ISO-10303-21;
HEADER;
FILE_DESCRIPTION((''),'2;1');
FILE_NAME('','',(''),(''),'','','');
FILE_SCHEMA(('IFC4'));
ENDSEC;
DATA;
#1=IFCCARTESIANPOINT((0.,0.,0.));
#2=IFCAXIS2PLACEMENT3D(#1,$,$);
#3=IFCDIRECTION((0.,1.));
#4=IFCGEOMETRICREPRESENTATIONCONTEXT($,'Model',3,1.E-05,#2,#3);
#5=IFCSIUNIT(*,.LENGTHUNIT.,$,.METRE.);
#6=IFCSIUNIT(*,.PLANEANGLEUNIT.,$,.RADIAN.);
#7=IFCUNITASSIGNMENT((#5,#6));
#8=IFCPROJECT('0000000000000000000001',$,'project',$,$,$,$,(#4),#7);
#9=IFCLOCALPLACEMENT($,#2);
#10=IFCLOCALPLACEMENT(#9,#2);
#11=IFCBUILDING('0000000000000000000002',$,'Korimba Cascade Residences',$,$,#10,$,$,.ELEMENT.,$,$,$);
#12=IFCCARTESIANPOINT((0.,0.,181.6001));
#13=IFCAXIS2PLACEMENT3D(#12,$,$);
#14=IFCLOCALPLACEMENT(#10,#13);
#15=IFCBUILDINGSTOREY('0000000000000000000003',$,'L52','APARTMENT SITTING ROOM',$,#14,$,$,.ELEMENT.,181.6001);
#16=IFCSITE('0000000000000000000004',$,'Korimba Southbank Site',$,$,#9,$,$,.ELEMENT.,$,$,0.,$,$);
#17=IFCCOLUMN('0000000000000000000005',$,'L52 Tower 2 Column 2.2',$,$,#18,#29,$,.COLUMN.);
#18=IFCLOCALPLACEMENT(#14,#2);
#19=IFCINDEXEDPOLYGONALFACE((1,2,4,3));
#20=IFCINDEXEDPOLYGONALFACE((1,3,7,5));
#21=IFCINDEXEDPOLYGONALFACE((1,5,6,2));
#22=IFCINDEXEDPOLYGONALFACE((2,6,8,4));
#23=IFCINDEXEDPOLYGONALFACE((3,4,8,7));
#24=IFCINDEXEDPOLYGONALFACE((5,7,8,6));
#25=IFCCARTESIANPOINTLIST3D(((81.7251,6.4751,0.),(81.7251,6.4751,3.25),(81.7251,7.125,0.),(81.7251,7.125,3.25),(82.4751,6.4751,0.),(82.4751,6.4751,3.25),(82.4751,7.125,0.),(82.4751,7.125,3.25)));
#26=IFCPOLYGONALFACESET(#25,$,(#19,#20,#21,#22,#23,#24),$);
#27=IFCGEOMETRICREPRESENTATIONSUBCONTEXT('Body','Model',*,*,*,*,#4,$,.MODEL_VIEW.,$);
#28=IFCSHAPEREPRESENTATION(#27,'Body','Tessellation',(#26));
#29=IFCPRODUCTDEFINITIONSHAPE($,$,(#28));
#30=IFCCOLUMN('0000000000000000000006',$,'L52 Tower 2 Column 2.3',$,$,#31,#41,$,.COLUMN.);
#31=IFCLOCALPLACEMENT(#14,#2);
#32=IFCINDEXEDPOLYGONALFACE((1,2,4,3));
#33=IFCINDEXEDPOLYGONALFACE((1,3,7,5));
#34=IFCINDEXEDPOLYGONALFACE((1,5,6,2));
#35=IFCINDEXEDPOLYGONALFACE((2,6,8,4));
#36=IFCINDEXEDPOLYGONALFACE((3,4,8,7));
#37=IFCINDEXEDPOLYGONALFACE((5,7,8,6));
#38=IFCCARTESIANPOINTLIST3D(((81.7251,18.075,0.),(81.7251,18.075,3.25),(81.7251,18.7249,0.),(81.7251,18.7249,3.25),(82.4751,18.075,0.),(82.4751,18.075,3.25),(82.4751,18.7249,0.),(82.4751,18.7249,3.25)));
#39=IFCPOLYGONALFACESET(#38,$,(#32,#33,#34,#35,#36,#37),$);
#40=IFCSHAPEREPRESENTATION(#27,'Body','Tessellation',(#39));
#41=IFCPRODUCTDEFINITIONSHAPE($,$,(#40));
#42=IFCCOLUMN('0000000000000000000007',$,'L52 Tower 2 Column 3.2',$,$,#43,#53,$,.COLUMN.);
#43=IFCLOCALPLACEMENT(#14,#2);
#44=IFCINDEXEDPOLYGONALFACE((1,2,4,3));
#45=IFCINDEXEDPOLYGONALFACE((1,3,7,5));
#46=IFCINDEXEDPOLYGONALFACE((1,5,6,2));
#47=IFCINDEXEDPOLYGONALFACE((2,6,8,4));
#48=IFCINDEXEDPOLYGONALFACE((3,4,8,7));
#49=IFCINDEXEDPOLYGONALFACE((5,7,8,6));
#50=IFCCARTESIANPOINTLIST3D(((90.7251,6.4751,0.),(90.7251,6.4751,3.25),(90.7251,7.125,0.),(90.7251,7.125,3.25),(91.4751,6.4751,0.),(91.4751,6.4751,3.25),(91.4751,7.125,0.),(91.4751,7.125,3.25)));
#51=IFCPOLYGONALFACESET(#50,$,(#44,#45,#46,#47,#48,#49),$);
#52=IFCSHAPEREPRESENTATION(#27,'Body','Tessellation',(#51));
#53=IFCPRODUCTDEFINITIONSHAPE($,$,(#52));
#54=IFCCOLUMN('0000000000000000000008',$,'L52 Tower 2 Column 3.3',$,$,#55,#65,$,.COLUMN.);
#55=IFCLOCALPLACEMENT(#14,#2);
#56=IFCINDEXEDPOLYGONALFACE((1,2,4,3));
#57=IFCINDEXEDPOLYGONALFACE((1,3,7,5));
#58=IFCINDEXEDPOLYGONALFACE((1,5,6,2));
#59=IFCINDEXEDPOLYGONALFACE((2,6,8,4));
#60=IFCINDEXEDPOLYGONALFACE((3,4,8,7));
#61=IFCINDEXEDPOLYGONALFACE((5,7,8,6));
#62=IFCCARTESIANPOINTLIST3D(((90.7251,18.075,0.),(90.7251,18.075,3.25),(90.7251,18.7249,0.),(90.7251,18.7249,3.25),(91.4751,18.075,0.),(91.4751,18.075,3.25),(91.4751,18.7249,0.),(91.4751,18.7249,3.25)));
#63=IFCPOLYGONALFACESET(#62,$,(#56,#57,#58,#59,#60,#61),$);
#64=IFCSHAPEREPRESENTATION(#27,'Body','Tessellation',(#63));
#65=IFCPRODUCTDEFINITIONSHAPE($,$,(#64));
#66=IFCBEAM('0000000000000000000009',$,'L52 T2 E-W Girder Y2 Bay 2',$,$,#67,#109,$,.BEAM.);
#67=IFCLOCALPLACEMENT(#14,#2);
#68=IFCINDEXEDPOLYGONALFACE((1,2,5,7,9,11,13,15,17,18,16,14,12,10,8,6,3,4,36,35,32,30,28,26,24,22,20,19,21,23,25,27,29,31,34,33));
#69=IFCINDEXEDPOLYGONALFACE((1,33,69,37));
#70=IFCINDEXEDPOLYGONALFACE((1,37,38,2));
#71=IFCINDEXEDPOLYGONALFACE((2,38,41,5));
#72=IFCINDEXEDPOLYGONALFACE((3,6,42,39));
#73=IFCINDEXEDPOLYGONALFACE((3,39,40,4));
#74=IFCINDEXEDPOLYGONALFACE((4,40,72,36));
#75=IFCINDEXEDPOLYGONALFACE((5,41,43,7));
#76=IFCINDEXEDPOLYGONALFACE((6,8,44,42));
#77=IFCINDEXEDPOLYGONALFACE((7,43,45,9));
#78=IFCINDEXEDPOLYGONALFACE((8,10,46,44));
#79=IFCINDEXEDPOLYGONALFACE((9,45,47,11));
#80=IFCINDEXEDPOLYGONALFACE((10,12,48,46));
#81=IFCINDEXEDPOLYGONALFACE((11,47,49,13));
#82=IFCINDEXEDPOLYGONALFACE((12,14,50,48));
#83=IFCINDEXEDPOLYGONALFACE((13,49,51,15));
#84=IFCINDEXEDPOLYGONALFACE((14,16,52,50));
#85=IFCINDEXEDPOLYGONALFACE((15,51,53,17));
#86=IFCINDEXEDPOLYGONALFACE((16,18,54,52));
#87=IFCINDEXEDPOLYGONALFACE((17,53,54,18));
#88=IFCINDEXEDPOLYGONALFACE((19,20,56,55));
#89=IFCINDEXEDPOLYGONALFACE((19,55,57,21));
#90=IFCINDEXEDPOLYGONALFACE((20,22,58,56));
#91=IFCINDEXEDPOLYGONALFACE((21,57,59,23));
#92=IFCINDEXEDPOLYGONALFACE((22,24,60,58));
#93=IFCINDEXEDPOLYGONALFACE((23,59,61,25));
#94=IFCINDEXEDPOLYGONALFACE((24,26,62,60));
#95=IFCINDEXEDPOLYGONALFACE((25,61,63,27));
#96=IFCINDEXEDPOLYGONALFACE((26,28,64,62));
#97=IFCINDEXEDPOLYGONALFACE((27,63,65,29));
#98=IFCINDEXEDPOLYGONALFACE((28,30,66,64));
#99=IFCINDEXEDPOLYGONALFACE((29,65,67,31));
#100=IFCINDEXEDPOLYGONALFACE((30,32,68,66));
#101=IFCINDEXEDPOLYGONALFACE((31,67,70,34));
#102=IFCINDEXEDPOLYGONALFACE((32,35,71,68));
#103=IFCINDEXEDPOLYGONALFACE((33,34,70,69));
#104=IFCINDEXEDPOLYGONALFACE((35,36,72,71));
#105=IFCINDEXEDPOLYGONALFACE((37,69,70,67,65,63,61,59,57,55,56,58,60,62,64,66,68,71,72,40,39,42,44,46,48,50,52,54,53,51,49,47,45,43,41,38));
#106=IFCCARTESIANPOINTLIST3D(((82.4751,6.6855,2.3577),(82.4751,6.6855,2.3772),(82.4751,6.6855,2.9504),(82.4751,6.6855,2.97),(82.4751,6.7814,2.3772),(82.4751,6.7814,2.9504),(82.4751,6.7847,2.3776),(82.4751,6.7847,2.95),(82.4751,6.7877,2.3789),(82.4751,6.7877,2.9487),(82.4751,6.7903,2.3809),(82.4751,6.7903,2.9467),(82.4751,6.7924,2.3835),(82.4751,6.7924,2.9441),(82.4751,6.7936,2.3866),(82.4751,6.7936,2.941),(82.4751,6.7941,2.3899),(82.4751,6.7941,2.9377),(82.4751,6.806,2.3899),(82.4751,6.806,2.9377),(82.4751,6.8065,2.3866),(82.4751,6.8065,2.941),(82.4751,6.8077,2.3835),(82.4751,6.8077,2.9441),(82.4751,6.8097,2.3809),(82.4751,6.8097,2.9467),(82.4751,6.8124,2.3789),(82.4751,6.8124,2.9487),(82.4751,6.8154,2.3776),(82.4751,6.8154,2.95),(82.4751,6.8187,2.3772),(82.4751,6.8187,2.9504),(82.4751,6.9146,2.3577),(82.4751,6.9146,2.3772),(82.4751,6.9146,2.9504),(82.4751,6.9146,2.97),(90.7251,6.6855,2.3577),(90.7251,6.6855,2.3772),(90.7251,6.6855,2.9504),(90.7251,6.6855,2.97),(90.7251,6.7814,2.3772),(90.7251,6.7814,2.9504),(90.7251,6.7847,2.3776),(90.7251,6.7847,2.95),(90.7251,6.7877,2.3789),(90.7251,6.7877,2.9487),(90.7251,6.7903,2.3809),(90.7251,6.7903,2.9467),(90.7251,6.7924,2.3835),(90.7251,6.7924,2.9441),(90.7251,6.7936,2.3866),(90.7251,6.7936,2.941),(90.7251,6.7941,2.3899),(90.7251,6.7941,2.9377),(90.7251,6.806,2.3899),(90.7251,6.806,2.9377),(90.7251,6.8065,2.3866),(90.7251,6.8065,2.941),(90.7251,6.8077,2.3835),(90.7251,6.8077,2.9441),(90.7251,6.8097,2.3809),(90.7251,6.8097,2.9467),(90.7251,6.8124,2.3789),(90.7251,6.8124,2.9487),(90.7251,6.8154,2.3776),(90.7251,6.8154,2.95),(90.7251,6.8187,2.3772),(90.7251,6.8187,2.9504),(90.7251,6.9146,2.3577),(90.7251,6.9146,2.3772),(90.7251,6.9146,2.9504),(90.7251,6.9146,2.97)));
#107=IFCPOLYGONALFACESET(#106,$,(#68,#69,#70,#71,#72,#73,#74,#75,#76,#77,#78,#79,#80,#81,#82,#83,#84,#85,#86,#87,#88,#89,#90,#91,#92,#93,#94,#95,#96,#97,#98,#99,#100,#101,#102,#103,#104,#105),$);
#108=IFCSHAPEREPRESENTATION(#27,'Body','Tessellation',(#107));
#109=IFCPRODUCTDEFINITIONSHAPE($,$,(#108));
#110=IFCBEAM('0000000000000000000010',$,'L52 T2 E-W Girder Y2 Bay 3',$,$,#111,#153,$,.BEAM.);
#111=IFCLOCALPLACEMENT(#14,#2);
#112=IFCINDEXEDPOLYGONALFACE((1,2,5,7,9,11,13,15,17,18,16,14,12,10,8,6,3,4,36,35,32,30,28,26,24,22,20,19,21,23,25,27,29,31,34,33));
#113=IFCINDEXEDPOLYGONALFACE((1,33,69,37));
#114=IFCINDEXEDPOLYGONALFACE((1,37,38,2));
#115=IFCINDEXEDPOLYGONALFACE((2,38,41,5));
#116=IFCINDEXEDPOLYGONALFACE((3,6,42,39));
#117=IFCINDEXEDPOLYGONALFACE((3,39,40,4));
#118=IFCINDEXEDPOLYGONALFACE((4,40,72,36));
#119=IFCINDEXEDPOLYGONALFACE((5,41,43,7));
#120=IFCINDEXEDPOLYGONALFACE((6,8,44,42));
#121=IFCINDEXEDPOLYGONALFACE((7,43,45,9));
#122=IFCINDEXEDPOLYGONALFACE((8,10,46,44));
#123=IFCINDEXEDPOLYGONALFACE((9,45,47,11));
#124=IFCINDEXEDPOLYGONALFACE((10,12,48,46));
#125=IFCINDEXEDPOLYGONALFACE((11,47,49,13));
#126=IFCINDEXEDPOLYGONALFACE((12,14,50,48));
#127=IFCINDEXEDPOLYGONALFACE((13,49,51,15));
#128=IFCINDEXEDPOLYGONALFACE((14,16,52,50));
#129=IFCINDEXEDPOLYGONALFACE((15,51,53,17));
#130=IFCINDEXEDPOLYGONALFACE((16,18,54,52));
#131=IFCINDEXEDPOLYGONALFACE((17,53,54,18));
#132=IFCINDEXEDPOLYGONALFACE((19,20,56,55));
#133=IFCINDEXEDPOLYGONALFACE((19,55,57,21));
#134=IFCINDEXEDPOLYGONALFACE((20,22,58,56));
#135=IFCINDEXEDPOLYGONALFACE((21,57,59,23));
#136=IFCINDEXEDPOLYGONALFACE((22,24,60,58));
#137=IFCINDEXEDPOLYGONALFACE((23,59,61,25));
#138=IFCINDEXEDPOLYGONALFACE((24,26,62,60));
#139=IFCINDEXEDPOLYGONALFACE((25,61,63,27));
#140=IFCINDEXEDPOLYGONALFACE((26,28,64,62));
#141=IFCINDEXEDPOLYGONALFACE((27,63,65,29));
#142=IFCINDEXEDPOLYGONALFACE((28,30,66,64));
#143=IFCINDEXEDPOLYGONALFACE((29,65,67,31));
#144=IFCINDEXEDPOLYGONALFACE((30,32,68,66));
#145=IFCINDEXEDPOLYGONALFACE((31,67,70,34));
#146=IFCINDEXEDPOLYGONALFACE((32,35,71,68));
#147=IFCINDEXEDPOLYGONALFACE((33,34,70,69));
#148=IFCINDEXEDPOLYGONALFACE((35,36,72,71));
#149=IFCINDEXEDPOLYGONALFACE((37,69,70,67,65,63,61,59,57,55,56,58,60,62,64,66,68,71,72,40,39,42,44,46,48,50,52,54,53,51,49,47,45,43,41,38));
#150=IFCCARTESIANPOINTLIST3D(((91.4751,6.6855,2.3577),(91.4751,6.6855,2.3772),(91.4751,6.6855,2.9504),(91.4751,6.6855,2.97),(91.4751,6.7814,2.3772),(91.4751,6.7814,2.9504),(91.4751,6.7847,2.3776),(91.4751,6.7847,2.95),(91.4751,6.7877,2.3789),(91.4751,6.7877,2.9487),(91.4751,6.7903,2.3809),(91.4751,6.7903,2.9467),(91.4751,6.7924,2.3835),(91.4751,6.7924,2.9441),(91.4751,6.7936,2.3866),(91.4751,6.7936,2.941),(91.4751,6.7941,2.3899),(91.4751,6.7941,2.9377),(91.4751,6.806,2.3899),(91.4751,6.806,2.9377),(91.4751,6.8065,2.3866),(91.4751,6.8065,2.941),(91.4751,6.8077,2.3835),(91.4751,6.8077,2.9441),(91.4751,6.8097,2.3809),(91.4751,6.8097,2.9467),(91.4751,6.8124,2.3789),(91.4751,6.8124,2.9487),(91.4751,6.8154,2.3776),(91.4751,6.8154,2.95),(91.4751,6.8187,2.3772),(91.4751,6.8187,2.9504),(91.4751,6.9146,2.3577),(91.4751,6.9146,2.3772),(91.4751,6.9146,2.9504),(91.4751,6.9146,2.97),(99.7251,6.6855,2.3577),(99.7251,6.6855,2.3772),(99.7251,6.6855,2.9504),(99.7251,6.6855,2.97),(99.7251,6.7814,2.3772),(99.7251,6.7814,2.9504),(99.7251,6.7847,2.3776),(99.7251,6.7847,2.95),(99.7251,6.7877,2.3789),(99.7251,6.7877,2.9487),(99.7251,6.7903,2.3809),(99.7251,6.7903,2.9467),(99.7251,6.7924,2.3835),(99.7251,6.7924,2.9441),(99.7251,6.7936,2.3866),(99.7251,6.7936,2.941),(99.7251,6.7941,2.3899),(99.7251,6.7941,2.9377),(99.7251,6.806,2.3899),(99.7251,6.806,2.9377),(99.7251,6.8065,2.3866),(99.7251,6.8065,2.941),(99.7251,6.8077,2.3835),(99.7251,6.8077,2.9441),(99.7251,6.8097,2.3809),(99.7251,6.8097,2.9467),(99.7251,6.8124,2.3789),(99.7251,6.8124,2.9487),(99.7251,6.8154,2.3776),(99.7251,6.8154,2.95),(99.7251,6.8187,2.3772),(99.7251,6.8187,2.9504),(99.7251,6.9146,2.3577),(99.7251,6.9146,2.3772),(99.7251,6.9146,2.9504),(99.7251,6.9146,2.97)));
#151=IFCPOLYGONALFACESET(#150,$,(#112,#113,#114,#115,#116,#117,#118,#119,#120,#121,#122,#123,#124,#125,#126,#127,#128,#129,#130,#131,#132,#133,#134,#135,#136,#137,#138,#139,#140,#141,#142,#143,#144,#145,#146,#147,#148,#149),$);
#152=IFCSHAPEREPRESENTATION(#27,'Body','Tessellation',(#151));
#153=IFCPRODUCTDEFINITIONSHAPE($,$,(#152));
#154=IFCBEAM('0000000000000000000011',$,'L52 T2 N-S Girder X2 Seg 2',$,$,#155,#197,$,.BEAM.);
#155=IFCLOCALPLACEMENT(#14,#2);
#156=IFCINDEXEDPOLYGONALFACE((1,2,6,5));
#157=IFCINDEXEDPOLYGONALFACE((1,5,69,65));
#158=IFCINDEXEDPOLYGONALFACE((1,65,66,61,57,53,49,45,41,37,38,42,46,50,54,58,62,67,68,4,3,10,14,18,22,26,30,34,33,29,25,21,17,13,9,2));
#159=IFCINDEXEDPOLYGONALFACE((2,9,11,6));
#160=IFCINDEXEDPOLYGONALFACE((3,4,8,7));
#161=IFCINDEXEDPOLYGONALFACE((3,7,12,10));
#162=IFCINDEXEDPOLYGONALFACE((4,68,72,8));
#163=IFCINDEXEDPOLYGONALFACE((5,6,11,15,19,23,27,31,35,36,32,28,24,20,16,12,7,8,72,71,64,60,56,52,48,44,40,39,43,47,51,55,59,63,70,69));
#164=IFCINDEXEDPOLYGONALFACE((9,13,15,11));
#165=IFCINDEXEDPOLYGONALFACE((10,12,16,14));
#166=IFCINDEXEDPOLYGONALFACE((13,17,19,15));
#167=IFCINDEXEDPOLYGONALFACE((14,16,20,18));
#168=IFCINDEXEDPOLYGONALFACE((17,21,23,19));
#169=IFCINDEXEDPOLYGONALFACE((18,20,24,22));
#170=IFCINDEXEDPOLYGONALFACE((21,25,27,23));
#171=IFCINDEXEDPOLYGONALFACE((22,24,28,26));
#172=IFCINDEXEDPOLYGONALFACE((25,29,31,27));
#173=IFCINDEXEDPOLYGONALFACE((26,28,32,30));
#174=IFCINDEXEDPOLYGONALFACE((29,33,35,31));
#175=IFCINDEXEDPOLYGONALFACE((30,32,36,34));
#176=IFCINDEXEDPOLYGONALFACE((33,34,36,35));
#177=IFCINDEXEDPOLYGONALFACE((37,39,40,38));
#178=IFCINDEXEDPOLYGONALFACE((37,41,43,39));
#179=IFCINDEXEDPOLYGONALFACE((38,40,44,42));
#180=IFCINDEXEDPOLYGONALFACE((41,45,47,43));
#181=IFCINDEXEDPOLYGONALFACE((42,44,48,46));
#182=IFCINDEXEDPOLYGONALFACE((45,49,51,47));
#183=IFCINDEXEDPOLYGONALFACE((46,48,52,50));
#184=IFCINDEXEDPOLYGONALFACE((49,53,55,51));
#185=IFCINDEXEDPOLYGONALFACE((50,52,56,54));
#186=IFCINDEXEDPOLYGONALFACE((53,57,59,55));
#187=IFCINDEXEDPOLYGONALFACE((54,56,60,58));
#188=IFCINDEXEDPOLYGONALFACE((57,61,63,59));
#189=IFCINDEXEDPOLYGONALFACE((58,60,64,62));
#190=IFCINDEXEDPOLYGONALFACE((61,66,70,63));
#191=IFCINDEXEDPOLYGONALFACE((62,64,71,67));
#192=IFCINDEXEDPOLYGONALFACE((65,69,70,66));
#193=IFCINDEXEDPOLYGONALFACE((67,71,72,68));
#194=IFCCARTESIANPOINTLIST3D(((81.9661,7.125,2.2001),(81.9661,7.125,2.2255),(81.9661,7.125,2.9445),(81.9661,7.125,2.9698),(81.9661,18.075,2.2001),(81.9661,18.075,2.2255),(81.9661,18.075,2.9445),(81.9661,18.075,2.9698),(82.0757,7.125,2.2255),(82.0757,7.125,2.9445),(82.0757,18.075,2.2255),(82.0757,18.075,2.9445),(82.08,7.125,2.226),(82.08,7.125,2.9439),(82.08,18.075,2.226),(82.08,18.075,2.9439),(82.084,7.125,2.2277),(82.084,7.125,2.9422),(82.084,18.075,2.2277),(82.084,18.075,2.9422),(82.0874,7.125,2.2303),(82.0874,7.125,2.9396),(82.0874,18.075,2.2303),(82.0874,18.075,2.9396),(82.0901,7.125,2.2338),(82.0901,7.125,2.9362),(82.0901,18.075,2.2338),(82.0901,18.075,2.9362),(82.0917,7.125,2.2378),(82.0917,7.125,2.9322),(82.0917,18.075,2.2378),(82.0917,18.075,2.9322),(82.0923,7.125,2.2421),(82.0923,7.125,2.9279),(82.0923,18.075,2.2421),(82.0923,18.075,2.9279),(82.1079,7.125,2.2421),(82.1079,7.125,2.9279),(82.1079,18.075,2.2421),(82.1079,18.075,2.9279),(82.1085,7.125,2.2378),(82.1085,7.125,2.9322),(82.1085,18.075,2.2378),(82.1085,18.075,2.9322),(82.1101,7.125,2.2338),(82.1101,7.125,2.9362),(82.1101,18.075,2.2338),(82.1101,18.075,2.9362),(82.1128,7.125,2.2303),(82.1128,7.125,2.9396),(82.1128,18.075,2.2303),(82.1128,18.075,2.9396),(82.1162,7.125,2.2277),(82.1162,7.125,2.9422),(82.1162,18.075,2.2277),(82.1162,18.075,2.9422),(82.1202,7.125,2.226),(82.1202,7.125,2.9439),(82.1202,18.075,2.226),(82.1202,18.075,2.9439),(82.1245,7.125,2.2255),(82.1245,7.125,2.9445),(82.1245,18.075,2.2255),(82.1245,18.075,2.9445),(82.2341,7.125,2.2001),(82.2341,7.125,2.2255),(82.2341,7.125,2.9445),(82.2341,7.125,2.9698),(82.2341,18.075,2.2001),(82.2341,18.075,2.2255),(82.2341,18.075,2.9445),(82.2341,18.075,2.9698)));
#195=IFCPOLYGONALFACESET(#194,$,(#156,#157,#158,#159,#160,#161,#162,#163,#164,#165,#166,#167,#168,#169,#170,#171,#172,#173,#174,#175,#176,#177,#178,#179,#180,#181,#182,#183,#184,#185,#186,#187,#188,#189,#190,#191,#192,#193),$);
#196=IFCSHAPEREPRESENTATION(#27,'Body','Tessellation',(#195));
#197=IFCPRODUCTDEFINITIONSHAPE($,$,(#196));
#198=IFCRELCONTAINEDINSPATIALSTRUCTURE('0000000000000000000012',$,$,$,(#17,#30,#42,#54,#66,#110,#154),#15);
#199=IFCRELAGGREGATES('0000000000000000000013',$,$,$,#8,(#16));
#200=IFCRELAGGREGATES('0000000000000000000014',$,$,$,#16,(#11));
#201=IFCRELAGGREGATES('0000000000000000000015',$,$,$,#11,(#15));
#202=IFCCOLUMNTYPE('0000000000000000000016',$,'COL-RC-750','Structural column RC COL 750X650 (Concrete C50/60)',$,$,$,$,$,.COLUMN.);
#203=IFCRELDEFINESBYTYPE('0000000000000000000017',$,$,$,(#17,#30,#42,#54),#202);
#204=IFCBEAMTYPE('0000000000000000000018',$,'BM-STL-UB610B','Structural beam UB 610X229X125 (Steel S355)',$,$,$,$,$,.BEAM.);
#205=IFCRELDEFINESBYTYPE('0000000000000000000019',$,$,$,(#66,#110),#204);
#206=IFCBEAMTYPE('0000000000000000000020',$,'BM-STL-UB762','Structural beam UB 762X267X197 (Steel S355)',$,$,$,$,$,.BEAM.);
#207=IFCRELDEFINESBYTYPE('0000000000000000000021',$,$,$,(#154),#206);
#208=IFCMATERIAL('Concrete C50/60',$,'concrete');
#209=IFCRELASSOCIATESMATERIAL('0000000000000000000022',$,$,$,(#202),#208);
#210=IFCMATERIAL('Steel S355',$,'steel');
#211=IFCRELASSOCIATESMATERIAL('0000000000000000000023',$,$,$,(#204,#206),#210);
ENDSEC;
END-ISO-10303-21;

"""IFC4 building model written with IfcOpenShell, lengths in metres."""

from ifc_helpers import new_model, si_unit, direction, frame, origin, origin_2d, place, context, subcontext, project, spatial, rectangle, i_section, extrude, material, material_profile, profile_set, type_object, element, save


model = new_model("IFC4")

# Units and contexts
model_context = context("Model", 3, precision=1e-05, world=origin(), true_north=direction((0.0, 1.0)))
body_context = subcontext(model_context, "Body", "Model", "MODEL_VIEW")
ifc_project = project(units=[si_unit("LENGTHUNIT", "METRE"), si_unit("PLANEANGLEUNIT", "RADIAN")], contexts=[model_context])

# Site, building, storey
site_placement = place(None, origin())
site = spatial("IfcSite", under=ifc_project, at=site_placement, Name="Korimba Southbank Site", CompositionType="ELEMENT", RefElevation=0.0)
building_placement = place(site_placement, origin())
building = spatial("IfcBuilding", under=site, at=building_placement, Name="Korimba Cascade Residences", CompositionType="ELEMENT")
storey_placement = place(building_placement, frame((0.0, 0.0, 181.6001)))
storey = spatial("IfcBuildingStorey", under=building, at=storey_placement, Name="L52", Description="APARTMENT SITTING ROOM", CompositionType="ELEMENT", Elevation=181.6001)

# Columns
ifc_material_1 = material(Name="Concrete C50/60", Category="concrete")
ifc_material_profile_1 = material_profile(ifc_material_1, rectangle(XDim=0.75, YDim=0.6499, at=origin_2d()), Name="Concrete C50/60")
ifc_profile_set_1 = profile_set([ifc_material_profile_1], Name="Concrete C50/60")
column_type = type_object("IfcColumnType", Name="COL-RC-750", Description="Structural column RC COL 750X650 (Concrete C50/60)", PredefinedType="COLUMN", material=ifc_profile_set_1)
for number, where, z_axis, x_axis, name in (
    (1, (82.1001, 6.8, 0.0), (0.0, 0.0, 1.0), (1.0, 0.0, 0.0), "L52 Tower 2 Column 2.2"),
    (2, (82.1001, 18.3999, 0.0), (0.0, 0.0, 1.0), (1.0, 0.0, 0.0), "L52 Tower 2 Column 2.3"),
    (3, (91.1001, 6.8, 0.0), (0.0, 0.0, 1.0), (1.0, 0.0, 0.0), "L52 Tower 2 Column 3.2"),
    (4, (91.1001, 18.3999, 0.0), (0.0, 0.0, 1.0), (1.0, 0.0, 0.0), "L52 Tower 2 Column 3.3"),
):
    element("IfcColumn", number, at=place(storey_placement, frame(where, z_axis=z_axis, x_axis=x_axis)), inside=storey, type_object=column_type, Name=name, PredefinedType="COLUMN", context=body_context, shape_type="SweptSolid", body=[
        extrude(rectangle(XDim=0.75, YDim=0.6499, at=origin_2d()), origin(), (0.0, 0.0, 1.0), 3.25),
    ])

# Beams
ifc_material_2 = material(Name="Steel S355", Category="steel")
ifc_material_profile_2 = material_profile(ifc_material_2, i_section(OverallWidth=0.229, OverallDepth=0.6123, WebThickness=0.012, FlangeThickness=0.0195, FilletRadius=0.0127, at=origin_2d()), Name="Steel S355")
ifc_profile_set_2 = profile_set([ifc_material_profile_2], Name="Steel S355")
beam_type_1 = type_object("IfcBeamType", Name="BM-STL-UB610B", Description="Structural beam UB 610X229X125 (Steel S355)", PredefinedType="BEAM", material=ifc_profile_set_2)
for number, where, z_axis, x_axis, name in (
    (5, (82.4751, 6.8, 2.6638), (1.0, 0.0, 0.0), (0.0, 1.0, 0.0), "L52 T2 E-W Girder Y2 Bay 2"),
    (6, (91.4751, 6.8, 2.6638), (1.0, 0.0, 0.0), (0.0, 1.0, 0.0), "L52 T2 E-W Girder Y2 Bay 3"),
):
    element("IfcBeam", number, at=place(storey_placement, frame(where, z_axis=z_axis, x_axis=x_axis)), inside=storey, type_object=beam_type_1, Name=name, PredefinedType="BEAM", context=body_context, shape_type="SweptSolid", body=[
        extrude(i_section(OverallWidth=0.229, OverallDepth=0.6123, WebThickness=0.012, FlangeThickness=0.0195, FilletRadius=0.0127, at=origin_2d()), origin(), (0.0, 0.0, 1.0), 8.25),
    ])
ifc_material_profile_3 = material_profile(ifc_material_2, i_section(OverallWidth=0.2681, OverallDepth=0.7698, WebThickness=0.0156, FlangeThickness=0.0254, FilletRadius=0.0166, at=origin_2d()), Name="Steel S355")
ifc_profile_set_3 = profile_set([ifc_material_profile_3], Name="Steel S355")
beam_type_2 = type_object("IfcBeamType", Name="BM-STL-UB762", Description="Structural beam UB 762X267X197 (Steel S355)", PredefinedType="BEAM", material=ifc_profile_set_3)
for number, where, z_axis, x_axis, name in (
    (7, (82.1001, 7.125, 2.585), (0.0, 1.0, 0.0), (-1.0, 0.0, 0.0), "L52 T2 N-S Girder X2 Seg 2"),
):
    element("IfcBeam", number, at=place(storey_placement, frame(where, z_axis=z_axis, x_axis=x_axis)), inside=storey, type_object=beam_type_2, Name=name, PredefinedType="BEAM", context=body_context, shape_type="SweptSolid", body=[
        extrude(i_section(OverallWidth=0.2681, OverallDepth=0.7698, WebThickness=0.0156, FlangeThickness=0.0254, FilletRadius=0.0166, at=origin_2d()), origin(), (0.0, 0.0, 1.0), 10.95),
    ])

save(model, "model.ifc")
